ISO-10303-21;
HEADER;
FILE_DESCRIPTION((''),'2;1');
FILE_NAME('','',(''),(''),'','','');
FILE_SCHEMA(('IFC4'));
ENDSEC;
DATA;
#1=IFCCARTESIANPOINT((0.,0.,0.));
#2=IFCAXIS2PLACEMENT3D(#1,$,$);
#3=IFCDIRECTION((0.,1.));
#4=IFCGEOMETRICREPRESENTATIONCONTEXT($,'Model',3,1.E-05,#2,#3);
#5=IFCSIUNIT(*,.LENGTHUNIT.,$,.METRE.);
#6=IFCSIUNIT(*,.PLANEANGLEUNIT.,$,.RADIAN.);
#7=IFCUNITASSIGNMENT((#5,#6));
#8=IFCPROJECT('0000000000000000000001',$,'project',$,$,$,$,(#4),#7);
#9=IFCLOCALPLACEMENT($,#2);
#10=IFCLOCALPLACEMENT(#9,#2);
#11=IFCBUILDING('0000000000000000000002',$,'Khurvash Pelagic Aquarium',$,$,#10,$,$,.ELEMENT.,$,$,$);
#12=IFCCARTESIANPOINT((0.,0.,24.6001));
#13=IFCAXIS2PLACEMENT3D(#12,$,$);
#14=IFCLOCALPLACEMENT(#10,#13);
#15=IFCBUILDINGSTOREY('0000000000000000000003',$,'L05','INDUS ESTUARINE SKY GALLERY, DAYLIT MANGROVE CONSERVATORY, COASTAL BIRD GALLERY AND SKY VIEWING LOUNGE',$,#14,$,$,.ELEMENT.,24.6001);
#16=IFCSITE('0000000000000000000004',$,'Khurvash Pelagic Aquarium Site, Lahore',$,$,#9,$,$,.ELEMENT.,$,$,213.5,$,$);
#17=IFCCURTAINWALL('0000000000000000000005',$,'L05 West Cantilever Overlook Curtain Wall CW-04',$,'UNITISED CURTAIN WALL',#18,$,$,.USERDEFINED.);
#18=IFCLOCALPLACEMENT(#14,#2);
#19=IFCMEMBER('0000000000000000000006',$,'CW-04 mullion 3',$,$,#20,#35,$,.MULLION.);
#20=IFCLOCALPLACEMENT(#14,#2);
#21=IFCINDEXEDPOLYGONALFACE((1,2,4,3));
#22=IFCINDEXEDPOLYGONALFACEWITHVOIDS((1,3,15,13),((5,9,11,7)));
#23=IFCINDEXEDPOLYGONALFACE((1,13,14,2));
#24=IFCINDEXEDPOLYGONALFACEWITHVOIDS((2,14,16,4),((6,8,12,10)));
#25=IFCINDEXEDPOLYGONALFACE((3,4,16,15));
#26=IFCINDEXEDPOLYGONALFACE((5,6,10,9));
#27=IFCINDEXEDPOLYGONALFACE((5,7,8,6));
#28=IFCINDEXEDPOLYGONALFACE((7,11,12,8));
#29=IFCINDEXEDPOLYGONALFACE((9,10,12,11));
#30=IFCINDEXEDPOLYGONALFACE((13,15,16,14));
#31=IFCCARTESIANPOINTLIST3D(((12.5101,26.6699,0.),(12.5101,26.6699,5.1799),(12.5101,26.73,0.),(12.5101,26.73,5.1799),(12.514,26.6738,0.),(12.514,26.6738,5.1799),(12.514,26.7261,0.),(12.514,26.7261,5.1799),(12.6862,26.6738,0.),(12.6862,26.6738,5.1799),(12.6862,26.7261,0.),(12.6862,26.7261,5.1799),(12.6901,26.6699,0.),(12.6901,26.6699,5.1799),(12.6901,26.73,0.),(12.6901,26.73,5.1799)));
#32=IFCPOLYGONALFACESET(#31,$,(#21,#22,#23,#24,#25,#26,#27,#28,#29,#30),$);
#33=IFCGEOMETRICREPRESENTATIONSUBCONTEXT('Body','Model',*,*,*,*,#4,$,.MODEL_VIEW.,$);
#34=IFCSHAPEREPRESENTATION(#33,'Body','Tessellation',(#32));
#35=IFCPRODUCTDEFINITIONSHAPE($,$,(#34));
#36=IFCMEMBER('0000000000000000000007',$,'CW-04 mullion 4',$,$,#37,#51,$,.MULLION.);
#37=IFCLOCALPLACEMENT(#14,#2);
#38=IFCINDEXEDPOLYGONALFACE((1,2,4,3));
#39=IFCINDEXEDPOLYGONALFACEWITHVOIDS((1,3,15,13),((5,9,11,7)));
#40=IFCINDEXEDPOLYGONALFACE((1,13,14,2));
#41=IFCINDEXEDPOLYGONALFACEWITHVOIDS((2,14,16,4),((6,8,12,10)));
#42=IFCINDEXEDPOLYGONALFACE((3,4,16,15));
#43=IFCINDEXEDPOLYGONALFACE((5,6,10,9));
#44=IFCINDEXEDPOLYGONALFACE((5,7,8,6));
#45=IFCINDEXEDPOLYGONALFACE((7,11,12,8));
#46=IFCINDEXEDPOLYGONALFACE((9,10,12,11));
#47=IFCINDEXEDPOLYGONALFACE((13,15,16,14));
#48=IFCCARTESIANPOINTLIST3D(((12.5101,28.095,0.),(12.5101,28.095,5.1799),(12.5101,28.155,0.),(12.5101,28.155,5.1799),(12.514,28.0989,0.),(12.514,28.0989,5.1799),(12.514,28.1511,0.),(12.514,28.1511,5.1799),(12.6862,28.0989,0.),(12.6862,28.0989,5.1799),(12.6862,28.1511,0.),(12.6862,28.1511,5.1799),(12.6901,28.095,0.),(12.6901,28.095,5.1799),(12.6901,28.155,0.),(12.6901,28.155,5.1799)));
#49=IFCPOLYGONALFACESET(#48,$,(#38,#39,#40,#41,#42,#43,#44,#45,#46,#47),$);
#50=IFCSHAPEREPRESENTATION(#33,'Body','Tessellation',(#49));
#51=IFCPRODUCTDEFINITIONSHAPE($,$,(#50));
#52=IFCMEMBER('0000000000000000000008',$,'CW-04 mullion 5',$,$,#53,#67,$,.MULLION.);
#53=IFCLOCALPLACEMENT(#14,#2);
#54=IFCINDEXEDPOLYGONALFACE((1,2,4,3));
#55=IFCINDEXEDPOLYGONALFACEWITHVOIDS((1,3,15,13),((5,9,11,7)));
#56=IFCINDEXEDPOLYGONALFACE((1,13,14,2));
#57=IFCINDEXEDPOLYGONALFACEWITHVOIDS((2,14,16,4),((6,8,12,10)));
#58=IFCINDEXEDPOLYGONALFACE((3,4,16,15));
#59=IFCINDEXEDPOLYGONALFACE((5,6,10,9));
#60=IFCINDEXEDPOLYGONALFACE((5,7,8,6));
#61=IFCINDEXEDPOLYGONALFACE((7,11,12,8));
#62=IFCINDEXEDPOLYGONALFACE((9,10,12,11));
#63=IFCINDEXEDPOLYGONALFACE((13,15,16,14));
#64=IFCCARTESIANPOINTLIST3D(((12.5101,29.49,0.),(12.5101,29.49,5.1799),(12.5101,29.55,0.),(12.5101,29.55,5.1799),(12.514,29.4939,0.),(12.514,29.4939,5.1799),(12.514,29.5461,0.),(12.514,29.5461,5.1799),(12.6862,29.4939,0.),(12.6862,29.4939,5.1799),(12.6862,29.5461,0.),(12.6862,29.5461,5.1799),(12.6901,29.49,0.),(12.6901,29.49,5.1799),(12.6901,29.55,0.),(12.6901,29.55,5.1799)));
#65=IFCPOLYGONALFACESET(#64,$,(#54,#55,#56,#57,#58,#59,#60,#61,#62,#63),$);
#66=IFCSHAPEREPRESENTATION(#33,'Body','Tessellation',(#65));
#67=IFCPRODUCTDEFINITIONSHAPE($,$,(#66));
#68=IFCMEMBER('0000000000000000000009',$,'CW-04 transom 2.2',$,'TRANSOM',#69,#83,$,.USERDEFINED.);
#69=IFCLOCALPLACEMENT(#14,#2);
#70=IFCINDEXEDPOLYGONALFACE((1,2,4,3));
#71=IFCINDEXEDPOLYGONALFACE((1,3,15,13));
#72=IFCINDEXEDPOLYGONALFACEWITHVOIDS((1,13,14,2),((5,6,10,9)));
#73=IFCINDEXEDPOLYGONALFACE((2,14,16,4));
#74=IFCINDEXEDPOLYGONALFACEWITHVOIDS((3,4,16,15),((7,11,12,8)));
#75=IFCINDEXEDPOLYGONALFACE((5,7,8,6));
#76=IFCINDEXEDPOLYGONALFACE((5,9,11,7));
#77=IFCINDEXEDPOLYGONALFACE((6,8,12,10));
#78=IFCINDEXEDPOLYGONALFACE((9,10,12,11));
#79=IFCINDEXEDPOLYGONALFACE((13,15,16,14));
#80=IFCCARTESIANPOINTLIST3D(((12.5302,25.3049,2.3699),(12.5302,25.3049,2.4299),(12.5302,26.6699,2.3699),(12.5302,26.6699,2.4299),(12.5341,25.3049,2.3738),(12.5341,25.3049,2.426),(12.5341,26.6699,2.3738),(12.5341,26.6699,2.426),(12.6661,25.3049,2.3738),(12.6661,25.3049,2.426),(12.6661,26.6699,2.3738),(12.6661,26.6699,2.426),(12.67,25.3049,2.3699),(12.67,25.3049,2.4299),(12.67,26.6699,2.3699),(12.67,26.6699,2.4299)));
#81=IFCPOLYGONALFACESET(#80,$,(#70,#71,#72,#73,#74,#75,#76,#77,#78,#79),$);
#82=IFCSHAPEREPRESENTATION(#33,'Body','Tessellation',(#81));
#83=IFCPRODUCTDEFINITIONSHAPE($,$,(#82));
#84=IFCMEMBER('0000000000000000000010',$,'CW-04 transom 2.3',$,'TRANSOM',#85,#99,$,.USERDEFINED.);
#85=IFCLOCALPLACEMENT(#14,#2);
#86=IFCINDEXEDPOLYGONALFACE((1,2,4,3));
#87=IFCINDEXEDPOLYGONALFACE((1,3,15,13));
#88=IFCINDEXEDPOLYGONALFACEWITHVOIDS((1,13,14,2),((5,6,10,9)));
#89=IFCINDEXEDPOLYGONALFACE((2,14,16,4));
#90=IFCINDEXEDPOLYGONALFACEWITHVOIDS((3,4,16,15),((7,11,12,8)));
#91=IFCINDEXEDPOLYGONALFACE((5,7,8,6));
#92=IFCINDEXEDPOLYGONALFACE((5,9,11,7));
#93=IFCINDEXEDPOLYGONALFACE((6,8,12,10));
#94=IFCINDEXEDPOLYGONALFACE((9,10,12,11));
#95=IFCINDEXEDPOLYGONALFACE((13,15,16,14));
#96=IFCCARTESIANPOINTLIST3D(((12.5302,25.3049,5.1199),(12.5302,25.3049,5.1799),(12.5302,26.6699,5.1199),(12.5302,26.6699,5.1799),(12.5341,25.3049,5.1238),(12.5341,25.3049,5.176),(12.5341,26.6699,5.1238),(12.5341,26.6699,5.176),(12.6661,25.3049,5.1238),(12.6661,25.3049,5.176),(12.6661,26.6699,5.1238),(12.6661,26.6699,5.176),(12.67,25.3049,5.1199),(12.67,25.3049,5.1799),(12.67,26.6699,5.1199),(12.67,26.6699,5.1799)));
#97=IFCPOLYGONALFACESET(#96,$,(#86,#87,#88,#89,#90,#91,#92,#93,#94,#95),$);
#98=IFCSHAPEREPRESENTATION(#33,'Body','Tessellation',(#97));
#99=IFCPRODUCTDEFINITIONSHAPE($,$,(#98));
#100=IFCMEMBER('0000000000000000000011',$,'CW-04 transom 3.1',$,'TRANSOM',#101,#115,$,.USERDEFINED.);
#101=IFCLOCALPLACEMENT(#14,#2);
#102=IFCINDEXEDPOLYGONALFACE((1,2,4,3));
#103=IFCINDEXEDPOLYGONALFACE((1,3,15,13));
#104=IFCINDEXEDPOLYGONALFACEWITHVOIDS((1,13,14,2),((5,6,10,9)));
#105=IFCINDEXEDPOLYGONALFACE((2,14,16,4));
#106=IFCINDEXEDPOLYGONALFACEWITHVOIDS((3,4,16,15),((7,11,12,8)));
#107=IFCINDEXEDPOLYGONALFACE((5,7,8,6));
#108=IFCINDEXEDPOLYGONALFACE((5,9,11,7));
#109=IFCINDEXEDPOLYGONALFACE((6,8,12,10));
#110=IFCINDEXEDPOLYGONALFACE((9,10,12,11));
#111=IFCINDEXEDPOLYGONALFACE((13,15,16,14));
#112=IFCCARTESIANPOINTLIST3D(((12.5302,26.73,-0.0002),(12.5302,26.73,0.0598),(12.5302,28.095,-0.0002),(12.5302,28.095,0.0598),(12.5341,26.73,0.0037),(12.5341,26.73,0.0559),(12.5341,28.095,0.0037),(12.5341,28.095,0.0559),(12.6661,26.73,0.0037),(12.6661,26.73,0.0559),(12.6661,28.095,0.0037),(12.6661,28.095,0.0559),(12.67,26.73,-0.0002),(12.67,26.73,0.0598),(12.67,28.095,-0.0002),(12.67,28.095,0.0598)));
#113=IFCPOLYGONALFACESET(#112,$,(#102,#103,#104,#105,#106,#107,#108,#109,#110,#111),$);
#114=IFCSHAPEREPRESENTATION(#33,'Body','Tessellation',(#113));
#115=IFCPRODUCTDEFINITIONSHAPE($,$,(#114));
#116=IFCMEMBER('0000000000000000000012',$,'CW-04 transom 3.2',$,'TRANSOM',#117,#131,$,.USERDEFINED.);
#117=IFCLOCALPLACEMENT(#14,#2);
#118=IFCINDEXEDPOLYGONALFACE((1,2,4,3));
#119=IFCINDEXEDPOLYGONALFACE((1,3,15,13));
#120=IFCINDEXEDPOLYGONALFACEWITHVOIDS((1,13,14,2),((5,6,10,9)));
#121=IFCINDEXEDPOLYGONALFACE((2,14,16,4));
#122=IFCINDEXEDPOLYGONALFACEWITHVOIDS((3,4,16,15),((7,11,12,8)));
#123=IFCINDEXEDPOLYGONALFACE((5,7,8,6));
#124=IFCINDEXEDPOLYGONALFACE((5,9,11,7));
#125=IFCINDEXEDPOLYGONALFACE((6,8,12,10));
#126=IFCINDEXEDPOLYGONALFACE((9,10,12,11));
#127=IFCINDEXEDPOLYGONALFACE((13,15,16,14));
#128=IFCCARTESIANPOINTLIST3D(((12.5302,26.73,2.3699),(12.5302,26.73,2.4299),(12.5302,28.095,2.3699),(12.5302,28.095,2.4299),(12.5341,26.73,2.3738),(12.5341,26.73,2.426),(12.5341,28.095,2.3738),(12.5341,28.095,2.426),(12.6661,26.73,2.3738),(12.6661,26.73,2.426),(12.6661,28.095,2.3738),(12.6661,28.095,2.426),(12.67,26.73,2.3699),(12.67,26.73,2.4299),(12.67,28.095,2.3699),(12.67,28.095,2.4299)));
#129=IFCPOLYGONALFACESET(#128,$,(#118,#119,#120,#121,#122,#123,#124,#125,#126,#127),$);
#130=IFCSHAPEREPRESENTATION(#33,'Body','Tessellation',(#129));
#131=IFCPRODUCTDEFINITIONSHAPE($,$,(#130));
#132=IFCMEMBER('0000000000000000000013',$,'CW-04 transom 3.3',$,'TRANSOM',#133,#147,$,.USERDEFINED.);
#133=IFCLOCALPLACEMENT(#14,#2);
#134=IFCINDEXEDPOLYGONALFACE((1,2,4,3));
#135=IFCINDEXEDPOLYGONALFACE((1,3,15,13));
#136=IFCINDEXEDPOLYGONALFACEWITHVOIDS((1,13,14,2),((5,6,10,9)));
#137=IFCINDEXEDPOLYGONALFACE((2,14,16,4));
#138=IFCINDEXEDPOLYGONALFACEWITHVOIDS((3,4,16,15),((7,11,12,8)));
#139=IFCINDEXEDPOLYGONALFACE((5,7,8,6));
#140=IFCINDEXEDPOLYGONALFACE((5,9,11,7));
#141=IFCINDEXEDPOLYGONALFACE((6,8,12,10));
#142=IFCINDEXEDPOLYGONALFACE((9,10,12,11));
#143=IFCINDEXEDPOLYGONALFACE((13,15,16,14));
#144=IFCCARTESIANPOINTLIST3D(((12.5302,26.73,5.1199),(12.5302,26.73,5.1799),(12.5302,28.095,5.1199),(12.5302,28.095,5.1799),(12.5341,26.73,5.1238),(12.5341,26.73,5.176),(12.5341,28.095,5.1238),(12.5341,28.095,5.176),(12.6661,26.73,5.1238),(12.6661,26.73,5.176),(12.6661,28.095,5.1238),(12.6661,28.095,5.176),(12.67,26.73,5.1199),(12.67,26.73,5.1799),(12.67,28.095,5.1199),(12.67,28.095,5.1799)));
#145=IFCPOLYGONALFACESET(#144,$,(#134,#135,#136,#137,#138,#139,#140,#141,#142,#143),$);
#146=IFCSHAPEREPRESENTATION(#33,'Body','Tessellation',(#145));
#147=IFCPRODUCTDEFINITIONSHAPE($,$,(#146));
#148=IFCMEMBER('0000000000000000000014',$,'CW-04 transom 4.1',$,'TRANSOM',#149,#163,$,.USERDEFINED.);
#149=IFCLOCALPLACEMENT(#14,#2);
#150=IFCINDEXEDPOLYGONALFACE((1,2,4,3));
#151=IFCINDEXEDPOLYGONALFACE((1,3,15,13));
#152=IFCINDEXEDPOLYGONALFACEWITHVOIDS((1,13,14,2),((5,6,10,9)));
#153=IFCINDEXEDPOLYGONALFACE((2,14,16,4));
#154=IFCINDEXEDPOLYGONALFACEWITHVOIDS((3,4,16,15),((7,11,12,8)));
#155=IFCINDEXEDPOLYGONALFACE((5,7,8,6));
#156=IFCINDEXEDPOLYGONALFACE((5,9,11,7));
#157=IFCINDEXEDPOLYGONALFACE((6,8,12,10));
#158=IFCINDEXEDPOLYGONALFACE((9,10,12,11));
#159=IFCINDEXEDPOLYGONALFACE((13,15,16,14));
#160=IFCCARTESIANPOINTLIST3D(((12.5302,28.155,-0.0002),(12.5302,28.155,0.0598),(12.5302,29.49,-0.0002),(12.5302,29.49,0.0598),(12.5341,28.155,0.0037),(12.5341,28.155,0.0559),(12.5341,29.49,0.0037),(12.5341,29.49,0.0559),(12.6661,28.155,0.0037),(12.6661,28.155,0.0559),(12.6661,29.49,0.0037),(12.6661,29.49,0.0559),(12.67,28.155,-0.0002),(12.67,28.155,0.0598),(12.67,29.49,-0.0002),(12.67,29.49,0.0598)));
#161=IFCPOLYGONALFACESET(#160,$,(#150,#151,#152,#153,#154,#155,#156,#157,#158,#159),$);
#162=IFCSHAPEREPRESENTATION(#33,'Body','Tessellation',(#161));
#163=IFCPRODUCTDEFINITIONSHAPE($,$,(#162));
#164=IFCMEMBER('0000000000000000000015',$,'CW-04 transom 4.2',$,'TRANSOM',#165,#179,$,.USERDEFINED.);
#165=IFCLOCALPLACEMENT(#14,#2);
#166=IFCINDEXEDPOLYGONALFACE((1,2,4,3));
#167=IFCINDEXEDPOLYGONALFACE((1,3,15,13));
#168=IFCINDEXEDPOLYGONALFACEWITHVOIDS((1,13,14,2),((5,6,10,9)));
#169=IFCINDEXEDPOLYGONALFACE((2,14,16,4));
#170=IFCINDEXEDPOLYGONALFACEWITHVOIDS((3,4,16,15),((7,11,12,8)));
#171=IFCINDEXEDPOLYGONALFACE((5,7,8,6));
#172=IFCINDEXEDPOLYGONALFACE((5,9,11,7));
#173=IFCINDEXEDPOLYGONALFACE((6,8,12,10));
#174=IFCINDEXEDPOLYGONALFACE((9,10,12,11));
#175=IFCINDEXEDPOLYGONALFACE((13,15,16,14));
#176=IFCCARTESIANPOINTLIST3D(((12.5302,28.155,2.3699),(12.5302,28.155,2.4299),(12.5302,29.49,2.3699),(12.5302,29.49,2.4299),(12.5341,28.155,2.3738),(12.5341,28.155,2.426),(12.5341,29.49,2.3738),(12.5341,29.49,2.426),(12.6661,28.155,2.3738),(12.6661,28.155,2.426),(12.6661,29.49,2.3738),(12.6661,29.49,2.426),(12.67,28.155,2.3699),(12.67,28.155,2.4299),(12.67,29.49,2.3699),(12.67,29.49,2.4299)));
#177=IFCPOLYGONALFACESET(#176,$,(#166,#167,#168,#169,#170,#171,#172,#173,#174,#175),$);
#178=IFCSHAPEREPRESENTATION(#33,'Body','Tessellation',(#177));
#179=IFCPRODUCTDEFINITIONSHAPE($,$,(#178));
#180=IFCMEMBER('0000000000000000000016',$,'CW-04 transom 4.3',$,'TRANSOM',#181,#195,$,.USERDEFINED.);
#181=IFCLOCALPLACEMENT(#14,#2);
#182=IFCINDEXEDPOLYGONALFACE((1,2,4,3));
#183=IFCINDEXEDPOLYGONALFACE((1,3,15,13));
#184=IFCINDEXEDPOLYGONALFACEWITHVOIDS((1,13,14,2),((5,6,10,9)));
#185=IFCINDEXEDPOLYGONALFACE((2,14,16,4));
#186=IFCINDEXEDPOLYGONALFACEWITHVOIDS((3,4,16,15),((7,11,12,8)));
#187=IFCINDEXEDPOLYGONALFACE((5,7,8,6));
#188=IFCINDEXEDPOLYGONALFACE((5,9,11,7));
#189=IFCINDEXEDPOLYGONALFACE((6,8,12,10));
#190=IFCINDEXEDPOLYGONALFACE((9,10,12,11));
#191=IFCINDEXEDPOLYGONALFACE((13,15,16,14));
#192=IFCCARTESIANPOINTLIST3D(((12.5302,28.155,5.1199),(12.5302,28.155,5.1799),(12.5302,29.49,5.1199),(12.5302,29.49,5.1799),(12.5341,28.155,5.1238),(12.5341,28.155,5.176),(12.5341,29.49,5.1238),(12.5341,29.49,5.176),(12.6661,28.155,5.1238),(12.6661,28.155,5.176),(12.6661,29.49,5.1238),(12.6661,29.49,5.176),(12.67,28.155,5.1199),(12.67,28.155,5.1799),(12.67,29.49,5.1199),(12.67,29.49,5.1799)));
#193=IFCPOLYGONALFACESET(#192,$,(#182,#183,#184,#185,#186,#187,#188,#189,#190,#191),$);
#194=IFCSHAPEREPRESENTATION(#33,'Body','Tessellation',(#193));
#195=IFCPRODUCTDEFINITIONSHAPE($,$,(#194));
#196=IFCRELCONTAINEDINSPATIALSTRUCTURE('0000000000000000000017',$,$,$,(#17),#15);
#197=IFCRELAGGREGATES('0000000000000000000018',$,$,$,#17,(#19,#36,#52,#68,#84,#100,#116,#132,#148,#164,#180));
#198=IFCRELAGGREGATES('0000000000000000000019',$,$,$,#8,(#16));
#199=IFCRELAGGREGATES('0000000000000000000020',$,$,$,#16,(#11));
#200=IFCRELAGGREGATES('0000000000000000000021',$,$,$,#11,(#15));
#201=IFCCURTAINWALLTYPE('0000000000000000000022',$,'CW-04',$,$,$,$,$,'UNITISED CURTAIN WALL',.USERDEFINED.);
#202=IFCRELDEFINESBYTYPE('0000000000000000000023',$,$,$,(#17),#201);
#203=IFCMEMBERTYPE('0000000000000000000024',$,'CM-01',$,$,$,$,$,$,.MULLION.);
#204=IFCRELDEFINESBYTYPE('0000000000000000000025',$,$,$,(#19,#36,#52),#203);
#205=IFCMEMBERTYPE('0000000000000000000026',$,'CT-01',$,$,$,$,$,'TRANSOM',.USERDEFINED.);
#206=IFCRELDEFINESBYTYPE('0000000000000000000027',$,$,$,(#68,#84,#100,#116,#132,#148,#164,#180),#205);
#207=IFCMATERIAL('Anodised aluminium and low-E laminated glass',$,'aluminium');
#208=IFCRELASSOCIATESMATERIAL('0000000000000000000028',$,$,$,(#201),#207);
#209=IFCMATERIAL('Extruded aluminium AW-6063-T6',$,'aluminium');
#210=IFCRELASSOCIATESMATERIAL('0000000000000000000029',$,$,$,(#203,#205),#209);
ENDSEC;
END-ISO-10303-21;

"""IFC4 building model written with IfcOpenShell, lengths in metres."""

from ifc_helpers import new_model, si_unit, direction, frame, origin, origin_2d, place, context, subcontext, project, spatial, hollow_rectangle, extrude, material, material_profile, profile_set, type_object, element, aggregate, save


model = new_model("IFC4")

# Units and contexts
model_context = context("Model", 3, precision=1e-05, world=origin(), true_north=direction((0.0, 1.0)))
body_context = subcontext(model_context, "Body", "Model", "MODEL_VIEW")
ifc_project = project(units=[si_unit("LENGTHUNIT", "METRE"), si_unit("PLANEANGLEUNIT", "RADIAN")], contexts=[model_context])

# Site, building, storey
site_placement = place(None, origin())
site = spatial("IfcSite", under=ifc_project, at=site_placement, Name="Khurvash Pelagic Aquarium Site, Lahore", CompositionType="ELEMENT", RefElevation=213.5)
building_placement = place(site_placement, origin())
building = spatial("IfcBuilding", under=site, at=building_placement, Name="Khurvash Pelagic Aquarium", CompositionType="ELEMENT")
storey_placement = place(building_placement, frame((0.0, 0.0, 24.6001)))
storey = spatial("IfcBuildingStorey", under=building, at=storey_placement, Name="L05", Description="INDUS ESTUARINE SKY GALLERY, DAYLIT MANGROVE CONSERVATORY, COASTAL BIRD GALLERY AND SKY VIEWING LOUNGE", CompositionType="ELEMENT", Elevation=24.6001)

# Curtain wall, members
ifc_material_1 = material(Name="Anodised aluminium and low-E laminated glass", Category="aluminium")
curtain_wall_type = type_object("IfcCurtainWallType", Name="CW-04", ElementType="UNITISED CURTAIN WALL", PredefinedType="USERDEFINED", material=ifc_material_1)
curtain_wall_placement = place(storey_placement, origin())
curtain_wall = element("IfcCurtainWall", 1, at=curtain_wall_placement, inside=storey, type_object=curtain_wall_type, Name="L05 West Cantilever Overlook Curtain Wall CW-04", ObjectType="UNITISED CURTAIN WALL", PredefinedType="USERDEFINED")
ifc_material_2 = material(Name="Extruded aluminium AW-6063-T6", Category="aluminium")
ifc_material_profile_1 = material_profile(ifc_material_2, hollow_rectangle(XDim=0.0601, YDim=0.1799, WallThickness=0.0039, at=origin_2d()), Name="CWM60X180X4")
ifc_profile_set_1 = profile_set([ifc_material_profile_1], Name="Extruded aluminium AW-6063-T6")
member_type_1 = type_object("IfcMemberType", Name="CM-01", PredefinedType="MULLION", material=ifc_profile_set_1)
member_1_placement = place(storey_placement, frame((12.6001, 26.7, 0.0), z_axis=(0.0, 0.0, 1.0), x_axis=(0.0, 1.0, 0.0)))
member_1 = element("IfcMember", 2, at=member_1_placement, type_object=member_type_1, Name="CW-04 mullion 3", PredefinedType="MULLION", context=body_context, shape_type="SweptSolid", body=[
    extrude(hollow_rectangle(XDim=0.0601, YDim=0.1799, WallThickness=0.0039, at=origin_2d()), origin(), (0.0, 0.0, 1.0), 5.1799),
])
member_2_placement = place(storey_placement, frame((12.6001, 28.125, 0.0), z_axis=(0.0, 0.0, 1.0), x_axis=(0.0, 1.0, 0.0)))
member_2 = element("IfcMember", 3, at=member_2_placement, type_object=member_type_1, Name="CW-04 mullion 4", PredefinedType="MULLION", context=body_context, shape_type="SweptSolid", body=[
    extrude(hollow_rectangle(XDim=0.0601, YDim=0.1799, WallThickness=0.0039, at=origin_2d()), origin(), (0.0, 0.0, 1.0), 5.1799),
])
member_3_placement = place(storey_placement, frame((12.6001, 29.52, 0.0), z_axis=(0.0, 0.0, 1.0), x_axis=(0.0, 1.0, 0.0)))
member_3 = element("IfcMember", 4, at=member_3_placement, type_object=member_type_1, Name="CW-04 mullion 5", PredefinedType="MULLION", context=body_context, shape_type="SweptSolid", body=[
    extrude(hollow_rectangle(XDim=0.0601, YDim=0.1799, WallThickness=0.0039, at=origin_2d()), origin(), (0.0, 0.0, 1.0), 5.1799),
])
ifc_material_profile_2 = material_profile(ifc_material_2, hollow_rectangle(XDim=0.1399, YDim=0.0601, WallThickness=0.0039, at=origin_2d()), Name="CWT140X60X4")
ifc_profile_set_2 = profile_set([ifc_material_profile_2], Name="Extruded aluminium AW-6063-T6")
member_type_2 = type_object("IfcMemberType", Name="CT-01", ElementType="TRANSOM", PredefinedType="USERDEFINED", material=ifc_profile_set_2)
member_4_placement = place(storey_placement, frame((12.6001, 25.3049, 2.3999), z_axis=(0.0, 1.0, 0.0), x_axis=(-1.0, 0.0, 0.0)))
member_4 = element("IfcMember", 5, at=member_4_placement, type_object=member_type_2, Name="CW-04 transom 2.2", ObjectType="TRANSOM", PredefinedType="USERDEFINED", context=body_context, shape_type="SweptSolid", body=[
    extrude(hollow_rectangle(XDim=0.1399, YDim=0.0601, WallThickness=0.0039, at=origin_2d()), origin(), (0.0, 0.0, 1.0), 1.365),
])
member_5_placement = place(storey_placement, frame((12.6001, 25.3049, 5.1499), z_axis=(0.0, 1.0, 0.0), x_axis=(-1.0, 0.0, 0.0)))
member_5 = element("IfcMember", 6, at=member_5_placement, type_object=member_type_2, Name="CW-04 transom 2.3", ObjectType="TRANSOM", PredefinedType="USERDEFINED", context=body_context, shape_type="SweptSolid", body=[
    extrude(hollow_rectangle(XDim=0.1399, YDim=0.0601, WallThickness=0.0039, at=origin_2d()), origin(), (0.0, 0.0, 1.0), 1.365),
])
member_6_placement = place(storey_placement, frame((12.6001, 26.73, 0.0298), z_axis=(0.0, 1.0, 0.0), x_axis=(-1.0, 0.0, 0.0)))
member_6 = element("IfcMember", 7, at=member_6_placement, type_object=member_type_2, Name="CW-04 transom 3.1", ObjectType="TRANSOM", PredefinedType="USERDEFINED", context=body_context, shape_type="SweptSolid", body=[
    extrude(hollow_rectangle(XDim=0.1399, YDim=0.0601, WallThickness=0.0039, at=origin_2d()), origin(), (0.0, 0.0, 1.0), 1.365),
])
member_7_placement = place(storey_placement, frame((12.6001, 26.73, 2.3999), z_axis=(0.0, 1.0, 0.0), x_axis=(-1.0, 0.0, 0.0)))
member_7 = element("IfcMember", 8, at=member_7_placement, type_object=member_type_2, Name="CW-04 transom 3.2", ObjectType="TRANSOM", PredefinedType="USERDEFINED", context=body_context, shape_type="SweptSolid", body=[
    extrude(hollow_rectangle(XDim=0.1399, YDim=0.0601, WallThickness=0.0039, at=origin_2d()), origin(), (0.0, 0.0, 1.0), 1.365),
])
member_8_placement = place(storey_placement, frame((12.6001, 26.73, 5.1499), z_axis=(0.0, 1.0, 0.0), x_axis=(-1.0, 0.0, 0.0)))
member_8 = element("IfcMember", 9, at=member_8_placement, type_object=member_type_2, Name="CW-04 transom 3.3", ObjectType="TRANSOM", PredefinedType="USERDEFINED", context=body_context, shape_type="SweptSolid", body=[
    extrude(hollow_rectangle(XDim=0.1399, YDim=0.0601, WallThickness=0.0039, at=origin_2d()), origin(), (0.0, 0.0, 1.0), 1.365),
])
member_9_placement = place(storey_placement, frame((12.6001, 28.155, 0.0298), z_axis=(0.0, 1.0, 0.0), x_axis=(-1.0, 0.0, 0.0)))
member_9 = element("IfcMember", 10, at=member_9_placement, type_object=member_type_2, Name="CW-04 transom 4.1", ObjectType="TRANSOM", PredefinedType="USERDEFINED", context=body_context, shape_type="SweptSolid", body=[
    extrude(hollow_rectangle(XDim=0.1399, YDim=0.0601, WallThickness=0.0039, at=origin_2d()), origin(), (0.0, 0.0, 1.0), 1.335),
])
member_10_placement = place(storey_placement, frame((12.6001, 28.155, 2.3999), z_axis=(0.0, 1.0, 0.0), x_axis=(-1.0, 0.0, 0.0)))
member_10 = element("IfcMember", 11, at=member_10_placement, type_object=member_type_2, Name="CW-04 transom 4.2", ObjectType="TRANSOM", PredefinedType="USERDEFINED", context=body_context, shape_type="SweptSolid", body=[
    extrude(hollow_rectangle(XDim=0.1399, YDim=0.0601, WallThickness=0.0039, at=origin_2d()), origin(), (0.0, 0.0, 1.0), 1.335),
])
member_11_placement = place(storey_placement, frame((12.6001, 28.155, 5.1499), z_axis=(0.0, 1.0, 0.0), x_axis=(-1.0, 0.0, 0.0)))
member_11 = element("IfcMember", 12, at=member_11_placement, type_object=member_type_2, Name="CW-04 transom 4.3", ObjectType="TRANSOM", PredefinedType="USERDEFINED", context=body_context, shape_type="SweptSolid", body=[
    extrude(hollow_rectangle(XDim=0.1399, YDim=0.0601, WallThickness=0.0039, at=origin_2d()), origin(), (0.0, 0.0, 1.0), 1.335),
])

aggregate(curtain_wall, [member_1, member_2, member_3, member_4, member_5, member_6, member_7, member_8, member_9, member_10, member_11])

save(model, "model.ifc")
